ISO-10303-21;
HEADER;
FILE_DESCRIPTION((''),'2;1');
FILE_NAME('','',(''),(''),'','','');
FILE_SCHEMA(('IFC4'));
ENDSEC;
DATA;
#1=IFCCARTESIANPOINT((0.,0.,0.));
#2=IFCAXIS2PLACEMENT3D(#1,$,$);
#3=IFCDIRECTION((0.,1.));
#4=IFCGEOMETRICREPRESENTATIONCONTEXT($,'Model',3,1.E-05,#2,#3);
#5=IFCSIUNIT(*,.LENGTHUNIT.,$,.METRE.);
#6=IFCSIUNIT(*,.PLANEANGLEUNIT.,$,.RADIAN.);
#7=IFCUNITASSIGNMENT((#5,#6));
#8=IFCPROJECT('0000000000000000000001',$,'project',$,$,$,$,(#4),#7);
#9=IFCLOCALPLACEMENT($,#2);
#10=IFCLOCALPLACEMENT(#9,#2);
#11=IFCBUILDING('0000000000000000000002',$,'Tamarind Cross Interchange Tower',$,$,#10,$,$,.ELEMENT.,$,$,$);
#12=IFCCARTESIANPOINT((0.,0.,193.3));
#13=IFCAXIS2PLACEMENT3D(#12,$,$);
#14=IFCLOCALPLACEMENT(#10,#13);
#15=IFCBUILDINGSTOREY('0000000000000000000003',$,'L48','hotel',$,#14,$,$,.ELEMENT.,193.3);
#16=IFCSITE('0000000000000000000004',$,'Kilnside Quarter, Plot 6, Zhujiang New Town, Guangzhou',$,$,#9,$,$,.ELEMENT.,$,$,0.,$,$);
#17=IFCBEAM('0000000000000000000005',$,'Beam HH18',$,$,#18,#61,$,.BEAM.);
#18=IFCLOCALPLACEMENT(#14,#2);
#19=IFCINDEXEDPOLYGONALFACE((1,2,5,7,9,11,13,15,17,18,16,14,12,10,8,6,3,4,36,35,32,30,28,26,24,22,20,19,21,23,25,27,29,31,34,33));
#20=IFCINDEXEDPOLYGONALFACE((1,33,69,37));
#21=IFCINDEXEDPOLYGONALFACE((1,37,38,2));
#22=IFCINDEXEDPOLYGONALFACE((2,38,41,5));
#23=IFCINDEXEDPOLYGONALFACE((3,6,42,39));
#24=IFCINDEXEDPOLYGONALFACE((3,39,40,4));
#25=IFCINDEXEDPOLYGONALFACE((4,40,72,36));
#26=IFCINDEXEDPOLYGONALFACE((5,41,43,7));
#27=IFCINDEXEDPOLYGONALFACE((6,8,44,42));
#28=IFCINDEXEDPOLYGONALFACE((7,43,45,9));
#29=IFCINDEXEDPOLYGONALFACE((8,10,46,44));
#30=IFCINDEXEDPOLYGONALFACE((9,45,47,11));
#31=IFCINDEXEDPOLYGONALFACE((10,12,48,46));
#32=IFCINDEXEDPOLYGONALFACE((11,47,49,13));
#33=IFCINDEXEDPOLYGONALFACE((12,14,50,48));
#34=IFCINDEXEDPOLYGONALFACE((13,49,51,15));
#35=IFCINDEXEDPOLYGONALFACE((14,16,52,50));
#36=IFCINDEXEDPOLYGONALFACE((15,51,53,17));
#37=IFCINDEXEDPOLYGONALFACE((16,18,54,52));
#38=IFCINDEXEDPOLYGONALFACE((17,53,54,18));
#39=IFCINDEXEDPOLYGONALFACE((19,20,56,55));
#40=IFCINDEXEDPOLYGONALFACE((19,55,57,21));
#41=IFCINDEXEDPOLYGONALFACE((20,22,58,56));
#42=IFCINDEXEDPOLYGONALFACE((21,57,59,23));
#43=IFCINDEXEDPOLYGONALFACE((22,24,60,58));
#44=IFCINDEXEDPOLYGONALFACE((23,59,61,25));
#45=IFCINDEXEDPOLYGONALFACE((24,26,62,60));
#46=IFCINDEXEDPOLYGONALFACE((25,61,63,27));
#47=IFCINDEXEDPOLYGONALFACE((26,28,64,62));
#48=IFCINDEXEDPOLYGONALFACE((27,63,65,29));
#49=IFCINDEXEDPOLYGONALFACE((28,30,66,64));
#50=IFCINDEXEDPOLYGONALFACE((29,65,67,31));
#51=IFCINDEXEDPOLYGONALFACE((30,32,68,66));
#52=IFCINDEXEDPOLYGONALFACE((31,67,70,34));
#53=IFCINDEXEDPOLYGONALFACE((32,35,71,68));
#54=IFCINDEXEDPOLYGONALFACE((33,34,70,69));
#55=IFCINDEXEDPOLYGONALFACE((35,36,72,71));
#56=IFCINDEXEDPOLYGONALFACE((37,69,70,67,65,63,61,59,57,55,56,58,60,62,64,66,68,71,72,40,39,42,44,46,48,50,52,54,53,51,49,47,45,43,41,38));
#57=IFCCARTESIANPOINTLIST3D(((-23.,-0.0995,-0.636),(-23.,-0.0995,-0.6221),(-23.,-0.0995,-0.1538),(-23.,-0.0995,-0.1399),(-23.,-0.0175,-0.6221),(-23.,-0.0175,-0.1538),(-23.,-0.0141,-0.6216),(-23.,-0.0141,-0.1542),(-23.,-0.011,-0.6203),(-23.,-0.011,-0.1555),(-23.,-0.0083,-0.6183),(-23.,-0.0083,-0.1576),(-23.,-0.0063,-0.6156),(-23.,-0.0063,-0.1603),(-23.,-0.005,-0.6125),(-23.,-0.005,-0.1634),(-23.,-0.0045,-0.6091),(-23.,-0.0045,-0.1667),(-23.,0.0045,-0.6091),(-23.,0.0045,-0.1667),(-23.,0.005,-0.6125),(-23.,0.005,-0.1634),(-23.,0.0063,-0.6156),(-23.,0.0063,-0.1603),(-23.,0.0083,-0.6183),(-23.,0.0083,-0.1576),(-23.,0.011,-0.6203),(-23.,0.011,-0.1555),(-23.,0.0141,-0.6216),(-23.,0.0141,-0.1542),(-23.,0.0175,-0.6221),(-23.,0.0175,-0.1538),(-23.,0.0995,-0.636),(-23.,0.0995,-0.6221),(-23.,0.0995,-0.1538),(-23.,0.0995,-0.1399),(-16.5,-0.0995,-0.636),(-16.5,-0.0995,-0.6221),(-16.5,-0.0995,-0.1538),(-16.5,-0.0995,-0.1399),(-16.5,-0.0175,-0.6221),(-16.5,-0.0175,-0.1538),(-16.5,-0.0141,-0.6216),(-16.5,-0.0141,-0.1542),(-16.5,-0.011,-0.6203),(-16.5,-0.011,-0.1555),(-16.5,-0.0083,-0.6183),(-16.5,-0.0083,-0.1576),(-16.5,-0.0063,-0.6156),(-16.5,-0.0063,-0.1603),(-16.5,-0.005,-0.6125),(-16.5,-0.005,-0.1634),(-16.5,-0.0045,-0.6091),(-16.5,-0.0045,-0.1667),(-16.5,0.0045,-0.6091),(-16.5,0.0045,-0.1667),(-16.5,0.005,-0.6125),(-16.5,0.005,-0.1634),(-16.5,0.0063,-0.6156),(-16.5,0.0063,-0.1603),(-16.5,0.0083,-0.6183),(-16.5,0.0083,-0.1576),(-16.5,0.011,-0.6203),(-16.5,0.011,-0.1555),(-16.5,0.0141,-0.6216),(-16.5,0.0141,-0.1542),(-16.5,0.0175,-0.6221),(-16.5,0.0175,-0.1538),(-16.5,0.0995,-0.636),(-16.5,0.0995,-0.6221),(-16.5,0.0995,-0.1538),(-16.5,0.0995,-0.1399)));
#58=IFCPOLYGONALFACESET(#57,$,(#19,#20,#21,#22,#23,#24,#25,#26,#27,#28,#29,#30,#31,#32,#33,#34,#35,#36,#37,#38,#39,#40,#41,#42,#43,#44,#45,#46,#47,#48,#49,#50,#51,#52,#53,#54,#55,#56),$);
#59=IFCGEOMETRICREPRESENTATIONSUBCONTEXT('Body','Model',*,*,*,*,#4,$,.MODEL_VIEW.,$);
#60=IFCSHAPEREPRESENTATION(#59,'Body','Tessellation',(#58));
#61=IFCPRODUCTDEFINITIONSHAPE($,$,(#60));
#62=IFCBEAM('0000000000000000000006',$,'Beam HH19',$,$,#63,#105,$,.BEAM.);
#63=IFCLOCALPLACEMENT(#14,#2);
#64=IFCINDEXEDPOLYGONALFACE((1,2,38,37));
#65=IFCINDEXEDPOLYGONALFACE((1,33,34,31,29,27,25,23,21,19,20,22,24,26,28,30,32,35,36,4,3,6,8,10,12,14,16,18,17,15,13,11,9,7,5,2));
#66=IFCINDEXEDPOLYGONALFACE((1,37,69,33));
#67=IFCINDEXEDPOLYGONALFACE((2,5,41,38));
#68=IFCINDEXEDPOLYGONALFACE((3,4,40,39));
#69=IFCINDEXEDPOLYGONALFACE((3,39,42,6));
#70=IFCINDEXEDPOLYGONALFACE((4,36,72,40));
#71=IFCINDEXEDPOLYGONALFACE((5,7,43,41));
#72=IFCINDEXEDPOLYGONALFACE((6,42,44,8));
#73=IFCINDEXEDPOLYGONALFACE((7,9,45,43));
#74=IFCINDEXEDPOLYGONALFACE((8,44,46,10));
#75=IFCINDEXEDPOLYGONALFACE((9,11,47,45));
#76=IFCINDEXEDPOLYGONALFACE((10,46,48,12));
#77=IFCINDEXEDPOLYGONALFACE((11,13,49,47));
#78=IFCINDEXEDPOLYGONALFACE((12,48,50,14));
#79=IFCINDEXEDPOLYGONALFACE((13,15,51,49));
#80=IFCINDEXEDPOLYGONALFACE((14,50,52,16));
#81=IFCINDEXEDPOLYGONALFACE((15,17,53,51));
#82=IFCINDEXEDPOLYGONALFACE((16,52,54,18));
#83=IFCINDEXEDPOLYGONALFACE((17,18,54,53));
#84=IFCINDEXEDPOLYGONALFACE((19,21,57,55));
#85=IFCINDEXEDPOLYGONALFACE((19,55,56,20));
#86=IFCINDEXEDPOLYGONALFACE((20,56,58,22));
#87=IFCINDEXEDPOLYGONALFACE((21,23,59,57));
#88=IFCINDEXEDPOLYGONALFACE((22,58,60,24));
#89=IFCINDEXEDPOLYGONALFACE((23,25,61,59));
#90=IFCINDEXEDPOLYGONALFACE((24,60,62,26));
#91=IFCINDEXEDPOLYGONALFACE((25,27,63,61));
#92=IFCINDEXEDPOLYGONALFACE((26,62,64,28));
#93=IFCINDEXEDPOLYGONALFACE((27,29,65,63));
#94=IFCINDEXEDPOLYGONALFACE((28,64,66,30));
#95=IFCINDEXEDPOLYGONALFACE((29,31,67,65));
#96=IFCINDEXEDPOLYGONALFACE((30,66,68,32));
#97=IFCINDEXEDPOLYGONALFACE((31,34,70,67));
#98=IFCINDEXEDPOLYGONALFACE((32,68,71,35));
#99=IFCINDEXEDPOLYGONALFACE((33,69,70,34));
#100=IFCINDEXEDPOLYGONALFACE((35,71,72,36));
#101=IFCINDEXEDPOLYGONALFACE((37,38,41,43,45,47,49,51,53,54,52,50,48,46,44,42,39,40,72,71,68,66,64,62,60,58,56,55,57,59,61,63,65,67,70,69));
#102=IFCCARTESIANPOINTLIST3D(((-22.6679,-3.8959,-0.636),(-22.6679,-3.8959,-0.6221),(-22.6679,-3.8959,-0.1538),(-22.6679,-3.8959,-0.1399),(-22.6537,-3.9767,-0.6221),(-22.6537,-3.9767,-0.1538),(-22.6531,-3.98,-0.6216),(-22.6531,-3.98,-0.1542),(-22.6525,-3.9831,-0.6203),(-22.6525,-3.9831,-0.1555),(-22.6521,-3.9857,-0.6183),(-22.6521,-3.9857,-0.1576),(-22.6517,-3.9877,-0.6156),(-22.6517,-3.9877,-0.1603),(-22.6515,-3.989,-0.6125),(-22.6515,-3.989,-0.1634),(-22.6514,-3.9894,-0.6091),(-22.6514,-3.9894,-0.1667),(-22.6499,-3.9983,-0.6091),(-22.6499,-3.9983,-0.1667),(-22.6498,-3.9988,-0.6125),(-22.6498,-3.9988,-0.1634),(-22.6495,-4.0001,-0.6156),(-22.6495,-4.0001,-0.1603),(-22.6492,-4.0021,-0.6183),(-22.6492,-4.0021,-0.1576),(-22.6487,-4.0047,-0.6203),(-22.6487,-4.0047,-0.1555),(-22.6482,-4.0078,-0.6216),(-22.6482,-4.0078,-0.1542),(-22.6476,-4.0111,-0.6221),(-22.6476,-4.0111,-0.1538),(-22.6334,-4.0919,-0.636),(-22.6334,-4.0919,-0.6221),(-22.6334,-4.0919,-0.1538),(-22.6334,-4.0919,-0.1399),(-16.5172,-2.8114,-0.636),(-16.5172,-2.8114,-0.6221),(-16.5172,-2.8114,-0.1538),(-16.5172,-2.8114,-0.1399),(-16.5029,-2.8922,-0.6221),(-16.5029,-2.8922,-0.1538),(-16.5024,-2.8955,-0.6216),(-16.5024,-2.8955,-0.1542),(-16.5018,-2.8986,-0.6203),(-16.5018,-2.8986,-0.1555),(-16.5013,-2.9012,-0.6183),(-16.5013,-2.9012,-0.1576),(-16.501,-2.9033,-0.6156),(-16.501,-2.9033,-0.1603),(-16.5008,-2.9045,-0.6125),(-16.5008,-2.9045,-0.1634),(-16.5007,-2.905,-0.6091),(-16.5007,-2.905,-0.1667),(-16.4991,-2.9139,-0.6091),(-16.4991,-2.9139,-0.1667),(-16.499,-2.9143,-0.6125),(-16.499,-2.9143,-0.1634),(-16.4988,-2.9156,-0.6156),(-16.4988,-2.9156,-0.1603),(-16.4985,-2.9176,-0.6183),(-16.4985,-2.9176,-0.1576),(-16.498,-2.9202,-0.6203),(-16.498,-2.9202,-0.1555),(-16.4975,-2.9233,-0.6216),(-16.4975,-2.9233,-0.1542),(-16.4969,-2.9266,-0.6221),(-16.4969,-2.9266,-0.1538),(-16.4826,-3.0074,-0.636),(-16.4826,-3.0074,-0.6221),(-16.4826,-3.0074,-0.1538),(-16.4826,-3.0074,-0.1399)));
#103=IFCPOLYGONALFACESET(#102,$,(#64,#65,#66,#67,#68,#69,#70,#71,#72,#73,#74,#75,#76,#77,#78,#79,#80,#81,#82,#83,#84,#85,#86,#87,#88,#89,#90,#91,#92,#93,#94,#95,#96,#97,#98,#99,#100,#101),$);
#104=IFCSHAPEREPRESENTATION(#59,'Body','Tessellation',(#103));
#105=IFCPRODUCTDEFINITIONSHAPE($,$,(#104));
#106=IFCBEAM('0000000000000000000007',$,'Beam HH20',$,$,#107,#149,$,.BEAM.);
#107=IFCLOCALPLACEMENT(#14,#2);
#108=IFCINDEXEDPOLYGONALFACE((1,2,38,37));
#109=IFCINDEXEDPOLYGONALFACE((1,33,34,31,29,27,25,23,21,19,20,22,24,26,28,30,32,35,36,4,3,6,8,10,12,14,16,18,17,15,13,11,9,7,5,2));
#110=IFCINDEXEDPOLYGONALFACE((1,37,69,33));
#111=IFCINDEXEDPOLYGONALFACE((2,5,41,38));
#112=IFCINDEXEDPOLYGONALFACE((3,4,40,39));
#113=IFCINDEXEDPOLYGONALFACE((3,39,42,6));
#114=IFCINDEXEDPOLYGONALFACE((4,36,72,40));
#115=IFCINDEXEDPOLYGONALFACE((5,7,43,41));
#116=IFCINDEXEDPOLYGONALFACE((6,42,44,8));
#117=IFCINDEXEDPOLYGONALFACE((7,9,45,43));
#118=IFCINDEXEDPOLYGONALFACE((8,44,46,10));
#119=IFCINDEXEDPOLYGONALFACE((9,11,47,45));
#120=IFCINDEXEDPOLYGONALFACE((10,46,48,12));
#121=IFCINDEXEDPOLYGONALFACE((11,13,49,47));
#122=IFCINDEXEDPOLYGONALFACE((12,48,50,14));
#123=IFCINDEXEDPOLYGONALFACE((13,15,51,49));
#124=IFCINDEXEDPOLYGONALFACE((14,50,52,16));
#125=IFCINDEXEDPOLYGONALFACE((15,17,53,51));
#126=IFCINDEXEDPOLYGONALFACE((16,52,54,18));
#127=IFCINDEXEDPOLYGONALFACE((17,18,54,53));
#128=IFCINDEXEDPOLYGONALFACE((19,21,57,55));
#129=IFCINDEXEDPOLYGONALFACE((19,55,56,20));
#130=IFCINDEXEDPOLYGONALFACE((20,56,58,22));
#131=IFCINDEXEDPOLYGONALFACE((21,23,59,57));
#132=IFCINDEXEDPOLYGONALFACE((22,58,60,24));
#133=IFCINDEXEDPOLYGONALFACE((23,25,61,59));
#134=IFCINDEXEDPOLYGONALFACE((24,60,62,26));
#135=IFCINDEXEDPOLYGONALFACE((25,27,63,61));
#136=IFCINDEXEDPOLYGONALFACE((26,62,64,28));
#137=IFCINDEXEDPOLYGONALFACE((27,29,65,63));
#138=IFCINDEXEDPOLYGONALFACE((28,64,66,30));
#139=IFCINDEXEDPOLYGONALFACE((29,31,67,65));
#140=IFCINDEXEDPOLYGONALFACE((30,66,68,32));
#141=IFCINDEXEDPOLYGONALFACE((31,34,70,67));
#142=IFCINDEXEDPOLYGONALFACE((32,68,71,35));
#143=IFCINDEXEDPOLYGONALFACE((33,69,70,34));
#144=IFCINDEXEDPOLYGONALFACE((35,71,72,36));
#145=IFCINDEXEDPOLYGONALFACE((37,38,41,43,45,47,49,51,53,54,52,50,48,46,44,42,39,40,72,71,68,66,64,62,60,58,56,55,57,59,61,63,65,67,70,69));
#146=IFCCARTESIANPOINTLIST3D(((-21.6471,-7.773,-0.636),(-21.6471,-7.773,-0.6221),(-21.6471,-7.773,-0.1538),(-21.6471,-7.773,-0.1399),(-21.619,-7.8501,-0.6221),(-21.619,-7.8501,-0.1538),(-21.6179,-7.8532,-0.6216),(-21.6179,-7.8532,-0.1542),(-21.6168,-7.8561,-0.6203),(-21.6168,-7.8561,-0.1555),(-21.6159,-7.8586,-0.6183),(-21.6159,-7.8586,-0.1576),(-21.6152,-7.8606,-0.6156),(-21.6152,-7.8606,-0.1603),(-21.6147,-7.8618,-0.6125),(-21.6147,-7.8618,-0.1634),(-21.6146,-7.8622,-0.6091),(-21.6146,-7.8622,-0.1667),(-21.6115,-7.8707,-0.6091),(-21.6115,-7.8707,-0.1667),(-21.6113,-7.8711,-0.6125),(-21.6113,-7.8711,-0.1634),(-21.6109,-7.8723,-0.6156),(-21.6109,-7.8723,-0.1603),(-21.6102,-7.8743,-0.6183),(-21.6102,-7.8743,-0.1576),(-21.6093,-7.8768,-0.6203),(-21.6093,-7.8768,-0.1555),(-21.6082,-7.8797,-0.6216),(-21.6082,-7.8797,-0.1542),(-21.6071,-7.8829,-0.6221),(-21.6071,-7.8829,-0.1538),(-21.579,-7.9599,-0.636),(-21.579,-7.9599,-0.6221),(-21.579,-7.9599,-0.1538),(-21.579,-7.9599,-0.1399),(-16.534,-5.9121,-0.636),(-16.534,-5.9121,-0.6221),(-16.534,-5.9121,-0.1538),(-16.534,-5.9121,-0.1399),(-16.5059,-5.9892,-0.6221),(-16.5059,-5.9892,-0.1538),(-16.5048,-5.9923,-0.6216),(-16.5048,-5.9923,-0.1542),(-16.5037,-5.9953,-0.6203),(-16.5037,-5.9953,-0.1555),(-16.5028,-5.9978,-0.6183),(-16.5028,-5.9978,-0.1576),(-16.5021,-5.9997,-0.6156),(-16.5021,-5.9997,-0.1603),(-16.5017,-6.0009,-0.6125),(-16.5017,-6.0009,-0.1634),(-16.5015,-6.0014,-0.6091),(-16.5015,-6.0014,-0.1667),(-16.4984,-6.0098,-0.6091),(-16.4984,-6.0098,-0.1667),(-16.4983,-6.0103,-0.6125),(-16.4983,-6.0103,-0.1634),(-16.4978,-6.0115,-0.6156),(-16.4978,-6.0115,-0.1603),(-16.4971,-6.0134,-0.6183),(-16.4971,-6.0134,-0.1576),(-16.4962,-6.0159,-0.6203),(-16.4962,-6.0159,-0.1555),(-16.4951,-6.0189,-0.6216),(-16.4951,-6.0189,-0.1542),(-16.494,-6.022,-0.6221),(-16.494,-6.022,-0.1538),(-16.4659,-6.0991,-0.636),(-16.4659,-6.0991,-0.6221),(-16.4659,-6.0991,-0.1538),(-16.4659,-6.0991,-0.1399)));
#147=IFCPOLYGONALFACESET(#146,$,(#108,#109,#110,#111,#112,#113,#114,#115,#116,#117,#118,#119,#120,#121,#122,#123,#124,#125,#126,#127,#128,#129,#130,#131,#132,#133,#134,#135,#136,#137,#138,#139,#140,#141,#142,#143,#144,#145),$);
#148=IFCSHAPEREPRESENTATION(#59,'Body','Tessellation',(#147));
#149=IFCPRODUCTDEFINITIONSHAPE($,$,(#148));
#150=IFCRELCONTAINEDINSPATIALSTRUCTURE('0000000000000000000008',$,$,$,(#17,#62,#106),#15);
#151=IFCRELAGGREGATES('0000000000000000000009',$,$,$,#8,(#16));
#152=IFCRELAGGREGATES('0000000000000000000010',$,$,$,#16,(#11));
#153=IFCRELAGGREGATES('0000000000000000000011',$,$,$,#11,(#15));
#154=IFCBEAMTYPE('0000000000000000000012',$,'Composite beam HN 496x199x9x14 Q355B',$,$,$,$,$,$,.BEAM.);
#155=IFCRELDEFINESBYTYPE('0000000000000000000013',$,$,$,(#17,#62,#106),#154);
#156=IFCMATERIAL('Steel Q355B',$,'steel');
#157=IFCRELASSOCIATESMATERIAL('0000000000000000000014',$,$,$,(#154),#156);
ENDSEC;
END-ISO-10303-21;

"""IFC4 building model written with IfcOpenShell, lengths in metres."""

from ifc_helpers import new_model, si_unit, direction, frame, origin, origin_2d, place, context, subcontext, project, spatial, i_section, extrude, material, material_profile, profile_set, type_object, element, save


model = new_model("IFC4")

# Units and contexts
model_context = context("Model", 3, precision=1e-05, world=origin(), true_north=direction((0.0, 1.0)))
body_context = subcontext(model_context, "Body", "Model", "MODEL_VIEW")
ifc_project = project(units=[si_unit("LENGTHUNIT", "METRE"), si_unit("PLANEANGLEUNIT", "RADIAN")], contexts=[model_context])

# Site, building, storey
site_placement = place(None, origin())
site = spatial("IfcSite", under=ifc_project, at=site_placement, Name="Kilnside Quarter, Plot 6, Zhujiang New Town, Guangzhou", CompositionType="ELEMENT", RefElevation=0.0)
building_placement = place(site_placement, origin())
building = spatial("IfcBuilding", under=site, at=building_placement, Name="Tamarind Cross Interchange Tower", CompositionType="ELEMENT")
storey_placement = place(building_placement, frame((0.0, 0.0, 193.3)))
storey = spatial("IfcBuildingStorey", under=building, at=storey_placement, Name="L48", Description="hotel", CompositionType="ELEMENT", Elevation=193.3)

# Beams
ifc_material_1 = material(Name="Steel Q355B", Category="steel")
ifc_material_profile_1 = material_profile(ifc_material_1, i_section(OverallWidth=0.199, OverallDepth=0.4961, WebThickness=0.009, FlangeThickness=0.0139, FilletRadius=0.0129, at=origin_2d()), Name="HN 496x199x9x14")
ifc_profile_set_1 = profile_set([ifc_material_profile_1], Name="Steel Q355B")
beam_type_1 = type_object("IfcBeamType", Name="Composite beam HN 496x199x9x14 Q355B", PredefinedType="BEAM", material=ifc_profile_set_1)
beam_1_placement = place(storey_placement, frame((-23.0, 0.0, -0.3879), z_axis=(1.0, 0.0, 0.0), x_axis=(0.0, 1.0, 0.0)))
element("IfcBeam", 1, at=beam_1_placement, inside=storey, type_object=beam_type_1, Name="Beam HH18", PredefinedType="BEAM", context=body_context, shape_type="SweptSolid", body=[
    extrude(i_section(OverallWidth=0.199, OverallDepth=0.4961, WebThickness=0.009, FlangeThickness=0.0139, FilletRadius=0.0129, at=origin_2d()), origin(), (0.0, 0.0, 1.0), 6.5),
])
beam_2_placement = place(storey_placement, frame((-22.6506, -3.9939, -0.3879), z_axis=(0.984809, 0.17364, 0.0), x_axis=(-0.17364, 0.984809, 0.0)))
element("IfcBeam", 2, at=beam_2_placement, inside=storey, type_object=beam_type_1, Name="Beam HH19", PredefinedType="BEAM", context=body_context, shape_type="SweptSolid", body=[
    extrude(i_section(OverallWidth=0.199, OverallDepth=0.4961, WebThickness=0.009, FlangeThickness=0.0139, FilletRadius=0.0129, at=origin_2d()), origin(), (0.0, 0.0, 1.0), 6.2456),
])
beam_3_placement = place(storey_placement, frame((-21.613, -7.8665, -0.3879), z_axis=(0.939702, 0.341995, 0.0), x_axis=(-0.341995, 0.939702, 0.0)))
element("IfcBeam", 3, at=beam_3_placement, inside=storey, type_object=beam_type_1, Name="Beam HH20", PredefinedType="BEAM", context=body_context, shape_type="SweptSolid", body=[
    extrude(i_section(OverallWidth=0.199, OverallDepth=0.4961, WebThickness=0.009, FlangeThickness=0.0139, FilletRadius=0.0129, at=origin_2d()), origin(), (0.0, 0.0, 1.0), 5.4412),
])

save(model, "model.ifc")
